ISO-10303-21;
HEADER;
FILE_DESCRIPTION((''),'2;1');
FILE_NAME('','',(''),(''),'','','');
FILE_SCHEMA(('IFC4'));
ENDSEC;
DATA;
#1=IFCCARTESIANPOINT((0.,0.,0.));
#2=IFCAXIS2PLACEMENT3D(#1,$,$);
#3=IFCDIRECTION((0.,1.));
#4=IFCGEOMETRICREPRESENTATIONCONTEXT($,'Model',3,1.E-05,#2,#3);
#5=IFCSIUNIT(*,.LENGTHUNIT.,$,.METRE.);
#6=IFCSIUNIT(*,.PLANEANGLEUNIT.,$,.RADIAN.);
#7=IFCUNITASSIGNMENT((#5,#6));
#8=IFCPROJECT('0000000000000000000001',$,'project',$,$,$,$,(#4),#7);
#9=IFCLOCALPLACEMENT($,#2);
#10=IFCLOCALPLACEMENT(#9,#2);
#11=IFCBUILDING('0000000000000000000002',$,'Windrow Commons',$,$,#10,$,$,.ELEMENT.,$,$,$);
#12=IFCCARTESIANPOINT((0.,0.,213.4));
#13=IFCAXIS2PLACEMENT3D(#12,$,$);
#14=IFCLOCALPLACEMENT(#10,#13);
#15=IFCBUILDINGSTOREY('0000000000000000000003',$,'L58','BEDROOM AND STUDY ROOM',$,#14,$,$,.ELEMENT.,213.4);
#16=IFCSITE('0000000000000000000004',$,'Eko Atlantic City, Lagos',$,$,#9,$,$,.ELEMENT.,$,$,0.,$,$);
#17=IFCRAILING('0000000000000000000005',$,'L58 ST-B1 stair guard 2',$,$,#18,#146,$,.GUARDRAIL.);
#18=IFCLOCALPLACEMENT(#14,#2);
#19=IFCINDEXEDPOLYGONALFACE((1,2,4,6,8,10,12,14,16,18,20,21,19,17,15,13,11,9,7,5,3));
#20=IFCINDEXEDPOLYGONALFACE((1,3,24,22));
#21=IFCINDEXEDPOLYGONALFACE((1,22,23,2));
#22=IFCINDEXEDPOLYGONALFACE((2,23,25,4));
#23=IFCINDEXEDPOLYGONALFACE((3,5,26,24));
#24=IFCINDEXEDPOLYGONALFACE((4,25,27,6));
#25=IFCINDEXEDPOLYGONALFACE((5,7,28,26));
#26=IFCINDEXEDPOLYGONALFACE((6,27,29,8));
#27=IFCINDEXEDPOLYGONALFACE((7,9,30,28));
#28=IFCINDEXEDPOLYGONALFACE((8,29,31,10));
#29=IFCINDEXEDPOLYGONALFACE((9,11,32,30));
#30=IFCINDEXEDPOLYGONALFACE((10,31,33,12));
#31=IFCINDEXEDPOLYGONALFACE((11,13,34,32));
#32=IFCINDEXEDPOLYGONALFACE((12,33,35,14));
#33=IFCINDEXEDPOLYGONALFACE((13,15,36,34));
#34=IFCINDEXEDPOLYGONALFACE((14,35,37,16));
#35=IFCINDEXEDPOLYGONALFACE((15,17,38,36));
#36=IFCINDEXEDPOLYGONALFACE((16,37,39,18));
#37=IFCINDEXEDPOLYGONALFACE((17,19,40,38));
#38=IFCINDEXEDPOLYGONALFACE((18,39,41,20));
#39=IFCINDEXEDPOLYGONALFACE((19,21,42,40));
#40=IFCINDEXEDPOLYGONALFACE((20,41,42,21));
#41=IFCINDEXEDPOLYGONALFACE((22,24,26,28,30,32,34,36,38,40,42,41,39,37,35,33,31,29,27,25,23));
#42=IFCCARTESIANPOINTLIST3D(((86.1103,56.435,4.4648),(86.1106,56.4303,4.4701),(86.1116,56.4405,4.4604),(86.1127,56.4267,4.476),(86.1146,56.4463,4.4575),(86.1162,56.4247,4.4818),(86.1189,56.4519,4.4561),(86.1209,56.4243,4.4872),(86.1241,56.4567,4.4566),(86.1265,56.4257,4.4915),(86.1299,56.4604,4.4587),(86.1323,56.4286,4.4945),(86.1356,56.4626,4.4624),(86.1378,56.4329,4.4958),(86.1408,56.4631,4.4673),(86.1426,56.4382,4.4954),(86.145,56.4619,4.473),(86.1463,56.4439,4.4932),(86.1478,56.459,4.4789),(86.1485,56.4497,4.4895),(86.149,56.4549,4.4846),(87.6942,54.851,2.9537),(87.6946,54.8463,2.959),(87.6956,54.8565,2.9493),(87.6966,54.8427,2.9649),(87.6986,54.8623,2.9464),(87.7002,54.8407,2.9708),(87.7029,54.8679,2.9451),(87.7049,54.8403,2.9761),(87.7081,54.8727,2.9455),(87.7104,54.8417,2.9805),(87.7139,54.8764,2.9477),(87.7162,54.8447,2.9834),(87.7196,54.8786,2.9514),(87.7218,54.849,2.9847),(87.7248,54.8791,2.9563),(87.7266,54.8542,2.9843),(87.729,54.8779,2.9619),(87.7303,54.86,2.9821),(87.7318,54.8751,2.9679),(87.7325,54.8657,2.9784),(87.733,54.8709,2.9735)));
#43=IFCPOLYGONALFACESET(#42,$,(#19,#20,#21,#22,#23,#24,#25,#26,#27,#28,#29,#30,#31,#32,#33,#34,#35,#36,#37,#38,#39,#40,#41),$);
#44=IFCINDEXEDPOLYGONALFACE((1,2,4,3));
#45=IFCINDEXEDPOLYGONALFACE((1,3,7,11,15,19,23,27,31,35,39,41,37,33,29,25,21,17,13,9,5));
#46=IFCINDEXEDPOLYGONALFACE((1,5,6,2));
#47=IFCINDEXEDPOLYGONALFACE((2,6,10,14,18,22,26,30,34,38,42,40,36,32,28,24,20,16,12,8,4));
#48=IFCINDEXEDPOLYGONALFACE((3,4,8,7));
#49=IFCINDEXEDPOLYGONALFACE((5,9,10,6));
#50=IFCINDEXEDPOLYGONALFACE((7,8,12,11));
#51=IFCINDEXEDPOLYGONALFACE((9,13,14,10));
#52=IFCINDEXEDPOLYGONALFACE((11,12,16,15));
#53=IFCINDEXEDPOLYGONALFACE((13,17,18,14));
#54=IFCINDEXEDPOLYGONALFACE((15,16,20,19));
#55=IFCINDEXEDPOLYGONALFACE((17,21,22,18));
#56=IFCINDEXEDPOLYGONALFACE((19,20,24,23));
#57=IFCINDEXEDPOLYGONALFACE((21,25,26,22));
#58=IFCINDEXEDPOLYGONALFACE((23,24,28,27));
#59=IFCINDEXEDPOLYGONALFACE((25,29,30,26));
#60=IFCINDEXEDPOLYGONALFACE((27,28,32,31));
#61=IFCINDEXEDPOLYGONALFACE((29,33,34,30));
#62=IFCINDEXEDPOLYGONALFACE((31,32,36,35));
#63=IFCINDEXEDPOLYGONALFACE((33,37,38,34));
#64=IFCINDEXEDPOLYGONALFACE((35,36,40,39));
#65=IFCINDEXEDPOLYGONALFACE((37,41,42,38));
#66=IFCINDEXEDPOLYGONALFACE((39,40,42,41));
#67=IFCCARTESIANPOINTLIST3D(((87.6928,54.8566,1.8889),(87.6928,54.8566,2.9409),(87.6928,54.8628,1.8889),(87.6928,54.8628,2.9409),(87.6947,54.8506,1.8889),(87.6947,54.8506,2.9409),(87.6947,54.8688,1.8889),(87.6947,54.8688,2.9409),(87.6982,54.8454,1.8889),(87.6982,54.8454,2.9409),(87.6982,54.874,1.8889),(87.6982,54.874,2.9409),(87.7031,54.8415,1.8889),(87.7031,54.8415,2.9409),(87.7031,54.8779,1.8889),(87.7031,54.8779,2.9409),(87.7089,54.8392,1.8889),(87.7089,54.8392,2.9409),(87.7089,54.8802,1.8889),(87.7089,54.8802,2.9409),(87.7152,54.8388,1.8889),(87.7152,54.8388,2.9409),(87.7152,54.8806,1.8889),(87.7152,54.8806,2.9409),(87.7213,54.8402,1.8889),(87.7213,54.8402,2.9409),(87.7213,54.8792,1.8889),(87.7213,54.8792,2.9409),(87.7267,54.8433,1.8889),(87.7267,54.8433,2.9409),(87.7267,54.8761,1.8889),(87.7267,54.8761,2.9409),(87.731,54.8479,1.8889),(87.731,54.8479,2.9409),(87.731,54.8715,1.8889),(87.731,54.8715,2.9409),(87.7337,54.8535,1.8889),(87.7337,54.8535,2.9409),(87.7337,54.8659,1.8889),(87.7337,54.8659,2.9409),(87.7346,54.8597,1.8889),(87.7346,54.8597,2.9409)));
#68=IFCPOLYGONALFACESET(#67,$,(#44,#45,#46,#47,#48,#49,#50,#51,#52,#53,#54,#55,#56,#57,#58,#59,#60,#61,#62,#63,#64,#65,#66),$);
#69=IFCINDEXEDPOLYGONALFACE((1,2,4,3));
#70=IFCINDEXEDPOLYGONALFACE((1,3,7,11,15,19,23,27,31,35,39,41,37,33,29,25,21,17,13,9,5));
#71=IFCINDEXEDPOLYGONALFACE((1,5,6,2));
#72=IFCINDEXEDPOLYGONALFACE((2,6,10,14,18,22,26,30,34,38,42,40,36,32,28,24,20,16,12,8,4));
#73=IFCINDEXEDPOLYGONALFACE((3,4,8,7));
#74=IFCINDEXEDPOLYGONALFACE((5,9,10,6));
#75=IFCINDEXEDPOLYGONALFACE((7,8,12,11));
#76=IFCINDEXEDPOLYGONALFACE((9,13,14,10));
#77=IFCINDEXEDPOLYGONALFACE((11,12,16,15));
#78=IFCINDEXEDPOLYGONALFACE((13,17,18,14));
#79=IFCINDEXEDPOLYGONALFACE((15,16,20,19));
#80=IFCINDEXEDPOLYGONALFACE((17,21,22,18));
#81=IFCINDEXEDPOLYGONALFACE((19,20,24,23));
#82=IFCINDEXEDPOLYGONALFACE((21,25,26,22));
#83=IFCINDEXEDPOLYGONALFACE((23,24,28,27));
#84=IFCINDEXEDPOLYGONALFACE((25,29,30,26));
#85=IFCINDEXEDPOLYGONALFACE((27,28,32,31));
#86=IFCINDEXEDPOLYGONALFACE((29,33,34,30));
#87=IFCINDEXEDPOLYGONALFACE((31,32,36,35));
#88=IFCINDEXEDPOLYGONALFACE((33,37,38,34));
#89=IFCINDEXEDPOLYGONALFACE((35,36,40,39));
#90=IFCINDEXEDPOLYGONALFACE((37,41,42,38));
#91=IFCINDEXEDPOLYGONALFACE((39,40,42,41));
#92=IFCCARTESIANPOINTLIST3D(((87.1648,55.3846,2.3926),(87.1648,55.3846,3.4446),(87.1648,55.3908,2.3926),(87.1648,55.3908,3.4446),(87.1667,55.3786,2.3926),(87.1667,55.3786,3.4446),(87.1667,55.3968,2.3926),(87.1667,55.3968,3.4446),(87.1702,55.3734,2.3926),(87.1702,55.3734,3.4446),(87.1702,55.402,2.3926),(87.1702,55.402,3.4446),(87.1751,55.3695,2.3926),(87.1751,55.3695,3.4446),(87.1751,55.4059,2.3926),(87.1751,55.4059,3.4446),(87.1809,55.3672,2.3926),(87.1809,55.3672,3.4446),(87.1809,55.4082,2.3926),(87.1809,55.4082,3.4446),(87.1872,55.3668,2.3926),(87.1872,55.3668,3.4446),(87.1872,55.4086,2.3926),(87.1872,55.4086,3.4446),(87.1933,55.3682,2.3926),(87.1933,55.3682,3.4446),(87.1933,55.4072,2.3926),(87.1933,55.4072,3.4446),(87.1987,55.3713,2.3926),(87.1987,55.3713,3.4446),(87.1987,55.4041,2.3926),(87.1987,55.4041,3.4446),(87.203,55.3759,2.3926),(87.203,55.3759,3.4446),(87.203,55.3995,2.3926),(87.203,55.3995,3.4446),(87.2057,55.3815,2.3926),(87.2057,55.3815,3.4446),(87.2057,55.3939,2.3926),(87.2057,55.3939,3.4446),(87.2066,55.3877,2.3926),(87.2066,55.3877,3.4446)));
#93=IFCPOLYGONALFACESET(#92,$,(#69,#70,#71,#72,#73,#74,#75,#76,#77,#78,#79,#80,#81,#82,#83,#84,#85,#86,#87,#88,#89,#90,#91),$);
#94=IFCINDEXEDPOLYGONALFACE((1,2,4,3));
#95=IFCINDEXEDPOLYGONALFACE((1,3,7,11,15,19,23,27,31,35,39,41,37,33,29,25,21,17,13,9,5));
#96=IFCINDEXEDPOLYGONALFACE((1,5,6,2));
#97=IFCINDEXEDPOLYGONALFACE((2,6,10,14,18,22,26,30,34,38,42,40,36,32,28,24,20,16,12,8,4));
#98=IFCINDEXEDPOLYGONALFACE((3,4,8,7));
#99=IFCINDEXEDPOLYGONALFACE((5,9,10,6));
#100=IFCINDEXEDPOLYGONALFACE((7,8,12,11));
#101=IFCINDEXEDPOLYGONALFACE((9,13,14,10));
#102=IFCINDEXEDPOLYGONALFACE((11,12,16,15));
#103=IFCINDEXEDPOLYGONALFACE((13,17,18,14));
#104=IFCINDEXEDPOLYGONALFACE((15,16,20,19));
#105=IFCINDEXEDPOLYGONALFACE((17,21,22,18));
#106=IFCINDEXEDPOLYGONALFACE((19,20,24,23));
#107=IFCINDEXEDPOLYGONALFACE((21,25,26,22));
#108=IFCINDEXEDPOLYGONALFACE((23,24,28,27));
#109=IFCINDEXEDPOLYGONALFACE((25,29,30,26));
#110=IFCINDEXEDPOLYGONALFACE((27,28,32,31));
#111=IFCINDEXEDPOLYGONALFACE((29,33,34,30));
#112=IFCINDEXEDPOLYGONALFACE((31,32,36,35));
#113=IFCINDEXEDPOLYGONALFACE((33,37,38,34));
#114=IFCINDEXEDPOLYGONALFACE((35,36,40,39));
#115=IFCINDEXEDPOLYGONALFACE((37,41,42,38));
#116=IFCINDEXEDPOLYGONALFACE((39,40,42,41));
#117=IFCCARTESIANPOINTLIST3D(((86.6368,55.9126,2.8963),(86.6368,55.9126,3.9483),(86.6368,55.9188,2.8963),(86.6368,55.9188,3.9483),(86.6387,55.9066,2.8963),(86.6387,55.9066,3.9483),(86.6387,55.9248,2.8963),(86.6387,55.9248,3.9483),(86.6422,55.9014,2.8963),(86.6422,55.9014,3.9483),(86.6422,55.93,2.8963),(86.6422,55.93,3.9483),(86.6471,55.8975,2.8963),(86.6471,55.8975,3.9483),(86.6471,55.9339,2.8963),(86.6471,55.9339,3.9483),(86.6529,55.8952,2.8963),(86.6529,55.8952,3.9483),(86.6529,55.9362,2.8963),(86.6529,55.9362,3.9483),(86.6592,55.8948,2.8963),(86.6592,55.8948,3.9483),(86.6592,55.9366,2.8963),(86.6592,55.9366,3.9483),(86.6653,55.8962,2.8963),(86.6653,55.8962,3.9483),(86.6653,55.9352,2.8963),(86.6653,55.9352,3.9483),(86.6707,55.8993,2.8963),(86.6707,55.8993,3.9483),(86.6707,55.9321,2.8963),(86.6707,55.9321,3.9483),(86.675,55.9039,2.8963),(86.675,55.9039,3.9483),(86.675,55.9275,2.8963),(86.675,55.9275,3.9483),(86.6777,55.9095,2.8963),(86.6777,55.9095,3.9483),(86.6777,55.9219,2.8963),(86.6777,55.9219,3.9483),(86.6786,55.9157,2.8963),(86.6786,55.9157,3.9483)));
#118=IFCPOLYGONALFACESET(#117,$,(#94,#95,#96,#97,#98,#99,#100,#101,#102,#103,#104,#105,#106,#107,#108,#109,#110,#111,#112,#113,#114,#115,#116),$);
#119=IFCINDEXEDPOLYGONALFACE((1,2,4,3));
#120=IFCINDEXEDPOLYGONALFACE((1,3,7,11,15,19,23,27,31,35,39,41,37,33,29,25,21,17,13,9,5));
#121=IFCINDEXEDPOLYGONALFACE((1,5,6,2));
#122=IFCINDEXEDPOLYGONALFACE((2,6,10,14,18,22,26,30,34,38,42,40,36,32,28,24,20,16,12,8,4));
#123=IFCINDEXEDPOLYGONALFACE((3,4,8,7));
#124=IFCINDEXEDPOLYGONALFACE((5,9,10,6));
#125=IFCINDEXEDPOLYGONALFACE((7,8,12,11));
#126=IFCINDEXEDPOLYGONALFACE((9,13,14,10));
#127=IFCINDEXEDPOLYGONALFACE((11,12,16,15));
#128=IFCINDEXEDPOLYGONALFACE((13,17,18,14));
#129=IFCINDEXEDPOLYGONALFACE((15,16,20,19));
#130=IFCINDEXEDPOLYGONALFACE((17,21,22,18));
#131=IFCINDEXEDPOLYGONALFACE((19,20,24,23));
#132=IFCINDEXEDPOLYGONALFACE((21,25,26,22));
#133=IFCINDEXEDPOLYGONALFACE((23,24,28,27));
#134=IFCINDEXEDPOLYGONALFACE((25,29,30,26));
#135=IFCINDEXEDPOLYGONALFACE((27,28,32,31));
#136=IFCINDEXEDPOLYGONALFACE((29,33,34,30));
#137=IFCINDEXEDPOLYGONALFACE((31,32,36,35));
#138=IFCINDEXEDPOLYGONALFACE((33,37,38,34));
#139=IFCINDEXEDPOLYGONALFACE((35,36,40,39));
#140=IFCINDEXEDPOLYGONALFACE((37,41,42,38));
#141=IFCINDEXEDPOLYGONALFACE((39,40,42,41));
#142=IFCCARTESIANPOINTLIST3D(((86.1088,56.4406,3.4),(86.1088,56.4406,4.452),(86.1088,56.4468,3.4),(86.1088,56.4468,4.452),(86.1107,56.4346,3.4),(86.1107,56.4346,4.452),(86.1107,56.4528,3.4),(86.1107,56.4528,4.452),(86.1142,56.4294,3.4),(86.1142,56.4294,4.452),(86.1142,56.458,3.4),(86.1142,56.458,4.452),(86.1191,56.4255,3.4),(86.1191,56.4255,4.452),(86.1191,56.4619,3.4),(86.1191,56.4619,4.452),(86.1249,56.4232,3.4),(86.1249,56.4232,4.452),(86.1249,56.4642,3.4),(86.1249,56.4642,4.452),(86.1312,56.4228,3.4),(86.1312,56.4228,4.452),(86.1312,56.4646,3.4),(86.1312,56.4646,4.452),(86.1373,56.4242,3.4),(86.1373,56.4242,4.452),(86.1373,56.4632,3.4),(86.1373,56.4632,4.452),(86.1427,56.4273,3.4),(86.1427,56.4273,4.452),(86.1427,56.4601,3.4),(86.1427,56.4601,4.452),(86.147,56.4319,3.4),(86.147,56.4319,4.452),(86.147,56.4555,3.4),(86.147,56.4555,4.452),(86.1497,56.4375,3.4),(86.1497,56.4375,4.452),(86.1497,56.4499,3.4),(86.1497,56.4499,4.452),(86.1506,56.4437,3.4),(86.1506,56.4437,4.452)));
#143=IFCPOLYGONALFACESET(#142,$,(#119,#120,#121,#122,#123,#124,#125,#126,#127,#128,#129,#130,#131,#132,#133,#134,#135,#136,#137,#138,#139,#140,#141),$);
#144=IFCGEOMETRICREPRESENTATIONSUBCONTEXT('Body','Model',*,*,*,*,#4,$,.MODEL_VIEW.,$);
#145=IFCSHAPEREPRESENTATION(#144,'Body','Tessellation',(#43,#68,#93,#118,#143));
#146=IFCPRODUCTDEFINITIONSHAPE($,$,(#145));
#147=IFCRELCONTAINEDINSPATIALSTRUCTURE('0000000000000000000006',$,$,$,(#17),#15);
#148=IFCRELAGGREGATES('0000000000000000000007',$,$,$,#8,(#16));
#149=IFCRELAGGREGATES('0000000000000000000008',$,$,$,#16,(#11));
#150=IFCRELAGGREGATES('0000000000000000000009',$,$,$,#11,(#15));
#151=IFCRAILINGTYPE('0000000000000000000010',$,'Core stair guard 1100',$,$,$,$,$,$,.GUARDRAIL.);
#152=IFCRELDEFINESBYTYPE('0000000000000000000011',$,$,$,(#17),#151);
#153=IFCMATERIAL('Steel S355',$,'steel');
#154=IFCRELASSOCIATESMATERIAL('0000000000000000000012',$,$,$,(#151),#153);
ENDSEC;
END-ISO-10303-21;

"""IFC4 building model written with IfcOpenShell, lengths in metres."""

from ifc_helpers import new_model, si_unit, direction, frame, origin, origin_2d, place, context, subcontext, project, spatial, circle, extrude, material, type_object, element, save


model = new_model("IFC4")

# Units and contexts
model_context = context("Model", 3, precision=1e-05, world=origin(), true_north=direction((0.0, 1.0)))
body_context = subcontext(model_context, "Body", "Model", "MODEL_VIEW")
ifc_project = project(units=[si_unit("LENGTHUNIT", "METRE"), si_unit("PLANEANGLEUNIT", "RADIAN")], contexts=[model_context])

# Site, building, storey
site_placement = place(None, origin())
site = spatial("IfcSite", under=ifc_project, at=site_placement, Name="Eko Atlantic City, Lagos", CompositionType="ELEMENT", RefElevation=0.0)
building_placement = place(site_placement, origin())
building = spatial("IfcBuilding", under=site, at=building_placement, Name="Windrow Commons", CompositionType="ELEMENT")
storey_placement = place(building_placement, frame((0.0, 0.0, 213.4)))
storey = spatial("IfcBuildingStorey", under=building, at=storey_placement, Name="L58", Description="BEDROOM AND STUDY ROOM", CompositionType="ELEMENT", Elevation=213.4)

# Railing
ifc_material_1 = material(Name="Steel S355", Category="steel")
railing_type_1 = type_object("IfcRailingType", Name="Core stair guard 1100", PredefinedType="GUARDRAIL", material=ifc_material_1)
railing_1_placement = place(storey_placement, frame((87.7136, 54.8597, 1.8889)))
element("IfcRailing", 1, at=railing_1_placement, inside=storey, type_object=railing_type_1, Name="L58 ST-B1 stair guard 2", PredefinedType="GUARDRAIL", context=body_context, shape_type="SweptSolid", body=[
    extrude(circle(Radius=0.024, at=origin_2d()), frame((0.0, 0.0, 1.076), z_axis=(-0.586203, 0.586203, 0.559224), x_axis=(-0.707107, -0.707107, 0.0)), (0.0, 0.0, 1.0), 2.7021),
    extrude(circle(Radius=0.021, at=origin_2d()), origin(), (0.0, 0.0, 1.0), 1.052),
    extrude(circle(Radius=0.021, at=origin_2d()), frame((-0.528, 0.528, 0.5037)), (0.0, 0.0, 1.0), 1.052),
    extrude(circle(Radius=0.021, at=origin_2d()), frame((-1.056, 1.056, 1.0074)), (0.0, 0.0, 1.0), 1.052),
    extrude(circle(Radius=0.021, at=origin_2d()), frame((-1.584, 1.584, 1.5111)), (0.0, 0.0, 1.0), 1.052),
])

save(model, "model.ifc")
